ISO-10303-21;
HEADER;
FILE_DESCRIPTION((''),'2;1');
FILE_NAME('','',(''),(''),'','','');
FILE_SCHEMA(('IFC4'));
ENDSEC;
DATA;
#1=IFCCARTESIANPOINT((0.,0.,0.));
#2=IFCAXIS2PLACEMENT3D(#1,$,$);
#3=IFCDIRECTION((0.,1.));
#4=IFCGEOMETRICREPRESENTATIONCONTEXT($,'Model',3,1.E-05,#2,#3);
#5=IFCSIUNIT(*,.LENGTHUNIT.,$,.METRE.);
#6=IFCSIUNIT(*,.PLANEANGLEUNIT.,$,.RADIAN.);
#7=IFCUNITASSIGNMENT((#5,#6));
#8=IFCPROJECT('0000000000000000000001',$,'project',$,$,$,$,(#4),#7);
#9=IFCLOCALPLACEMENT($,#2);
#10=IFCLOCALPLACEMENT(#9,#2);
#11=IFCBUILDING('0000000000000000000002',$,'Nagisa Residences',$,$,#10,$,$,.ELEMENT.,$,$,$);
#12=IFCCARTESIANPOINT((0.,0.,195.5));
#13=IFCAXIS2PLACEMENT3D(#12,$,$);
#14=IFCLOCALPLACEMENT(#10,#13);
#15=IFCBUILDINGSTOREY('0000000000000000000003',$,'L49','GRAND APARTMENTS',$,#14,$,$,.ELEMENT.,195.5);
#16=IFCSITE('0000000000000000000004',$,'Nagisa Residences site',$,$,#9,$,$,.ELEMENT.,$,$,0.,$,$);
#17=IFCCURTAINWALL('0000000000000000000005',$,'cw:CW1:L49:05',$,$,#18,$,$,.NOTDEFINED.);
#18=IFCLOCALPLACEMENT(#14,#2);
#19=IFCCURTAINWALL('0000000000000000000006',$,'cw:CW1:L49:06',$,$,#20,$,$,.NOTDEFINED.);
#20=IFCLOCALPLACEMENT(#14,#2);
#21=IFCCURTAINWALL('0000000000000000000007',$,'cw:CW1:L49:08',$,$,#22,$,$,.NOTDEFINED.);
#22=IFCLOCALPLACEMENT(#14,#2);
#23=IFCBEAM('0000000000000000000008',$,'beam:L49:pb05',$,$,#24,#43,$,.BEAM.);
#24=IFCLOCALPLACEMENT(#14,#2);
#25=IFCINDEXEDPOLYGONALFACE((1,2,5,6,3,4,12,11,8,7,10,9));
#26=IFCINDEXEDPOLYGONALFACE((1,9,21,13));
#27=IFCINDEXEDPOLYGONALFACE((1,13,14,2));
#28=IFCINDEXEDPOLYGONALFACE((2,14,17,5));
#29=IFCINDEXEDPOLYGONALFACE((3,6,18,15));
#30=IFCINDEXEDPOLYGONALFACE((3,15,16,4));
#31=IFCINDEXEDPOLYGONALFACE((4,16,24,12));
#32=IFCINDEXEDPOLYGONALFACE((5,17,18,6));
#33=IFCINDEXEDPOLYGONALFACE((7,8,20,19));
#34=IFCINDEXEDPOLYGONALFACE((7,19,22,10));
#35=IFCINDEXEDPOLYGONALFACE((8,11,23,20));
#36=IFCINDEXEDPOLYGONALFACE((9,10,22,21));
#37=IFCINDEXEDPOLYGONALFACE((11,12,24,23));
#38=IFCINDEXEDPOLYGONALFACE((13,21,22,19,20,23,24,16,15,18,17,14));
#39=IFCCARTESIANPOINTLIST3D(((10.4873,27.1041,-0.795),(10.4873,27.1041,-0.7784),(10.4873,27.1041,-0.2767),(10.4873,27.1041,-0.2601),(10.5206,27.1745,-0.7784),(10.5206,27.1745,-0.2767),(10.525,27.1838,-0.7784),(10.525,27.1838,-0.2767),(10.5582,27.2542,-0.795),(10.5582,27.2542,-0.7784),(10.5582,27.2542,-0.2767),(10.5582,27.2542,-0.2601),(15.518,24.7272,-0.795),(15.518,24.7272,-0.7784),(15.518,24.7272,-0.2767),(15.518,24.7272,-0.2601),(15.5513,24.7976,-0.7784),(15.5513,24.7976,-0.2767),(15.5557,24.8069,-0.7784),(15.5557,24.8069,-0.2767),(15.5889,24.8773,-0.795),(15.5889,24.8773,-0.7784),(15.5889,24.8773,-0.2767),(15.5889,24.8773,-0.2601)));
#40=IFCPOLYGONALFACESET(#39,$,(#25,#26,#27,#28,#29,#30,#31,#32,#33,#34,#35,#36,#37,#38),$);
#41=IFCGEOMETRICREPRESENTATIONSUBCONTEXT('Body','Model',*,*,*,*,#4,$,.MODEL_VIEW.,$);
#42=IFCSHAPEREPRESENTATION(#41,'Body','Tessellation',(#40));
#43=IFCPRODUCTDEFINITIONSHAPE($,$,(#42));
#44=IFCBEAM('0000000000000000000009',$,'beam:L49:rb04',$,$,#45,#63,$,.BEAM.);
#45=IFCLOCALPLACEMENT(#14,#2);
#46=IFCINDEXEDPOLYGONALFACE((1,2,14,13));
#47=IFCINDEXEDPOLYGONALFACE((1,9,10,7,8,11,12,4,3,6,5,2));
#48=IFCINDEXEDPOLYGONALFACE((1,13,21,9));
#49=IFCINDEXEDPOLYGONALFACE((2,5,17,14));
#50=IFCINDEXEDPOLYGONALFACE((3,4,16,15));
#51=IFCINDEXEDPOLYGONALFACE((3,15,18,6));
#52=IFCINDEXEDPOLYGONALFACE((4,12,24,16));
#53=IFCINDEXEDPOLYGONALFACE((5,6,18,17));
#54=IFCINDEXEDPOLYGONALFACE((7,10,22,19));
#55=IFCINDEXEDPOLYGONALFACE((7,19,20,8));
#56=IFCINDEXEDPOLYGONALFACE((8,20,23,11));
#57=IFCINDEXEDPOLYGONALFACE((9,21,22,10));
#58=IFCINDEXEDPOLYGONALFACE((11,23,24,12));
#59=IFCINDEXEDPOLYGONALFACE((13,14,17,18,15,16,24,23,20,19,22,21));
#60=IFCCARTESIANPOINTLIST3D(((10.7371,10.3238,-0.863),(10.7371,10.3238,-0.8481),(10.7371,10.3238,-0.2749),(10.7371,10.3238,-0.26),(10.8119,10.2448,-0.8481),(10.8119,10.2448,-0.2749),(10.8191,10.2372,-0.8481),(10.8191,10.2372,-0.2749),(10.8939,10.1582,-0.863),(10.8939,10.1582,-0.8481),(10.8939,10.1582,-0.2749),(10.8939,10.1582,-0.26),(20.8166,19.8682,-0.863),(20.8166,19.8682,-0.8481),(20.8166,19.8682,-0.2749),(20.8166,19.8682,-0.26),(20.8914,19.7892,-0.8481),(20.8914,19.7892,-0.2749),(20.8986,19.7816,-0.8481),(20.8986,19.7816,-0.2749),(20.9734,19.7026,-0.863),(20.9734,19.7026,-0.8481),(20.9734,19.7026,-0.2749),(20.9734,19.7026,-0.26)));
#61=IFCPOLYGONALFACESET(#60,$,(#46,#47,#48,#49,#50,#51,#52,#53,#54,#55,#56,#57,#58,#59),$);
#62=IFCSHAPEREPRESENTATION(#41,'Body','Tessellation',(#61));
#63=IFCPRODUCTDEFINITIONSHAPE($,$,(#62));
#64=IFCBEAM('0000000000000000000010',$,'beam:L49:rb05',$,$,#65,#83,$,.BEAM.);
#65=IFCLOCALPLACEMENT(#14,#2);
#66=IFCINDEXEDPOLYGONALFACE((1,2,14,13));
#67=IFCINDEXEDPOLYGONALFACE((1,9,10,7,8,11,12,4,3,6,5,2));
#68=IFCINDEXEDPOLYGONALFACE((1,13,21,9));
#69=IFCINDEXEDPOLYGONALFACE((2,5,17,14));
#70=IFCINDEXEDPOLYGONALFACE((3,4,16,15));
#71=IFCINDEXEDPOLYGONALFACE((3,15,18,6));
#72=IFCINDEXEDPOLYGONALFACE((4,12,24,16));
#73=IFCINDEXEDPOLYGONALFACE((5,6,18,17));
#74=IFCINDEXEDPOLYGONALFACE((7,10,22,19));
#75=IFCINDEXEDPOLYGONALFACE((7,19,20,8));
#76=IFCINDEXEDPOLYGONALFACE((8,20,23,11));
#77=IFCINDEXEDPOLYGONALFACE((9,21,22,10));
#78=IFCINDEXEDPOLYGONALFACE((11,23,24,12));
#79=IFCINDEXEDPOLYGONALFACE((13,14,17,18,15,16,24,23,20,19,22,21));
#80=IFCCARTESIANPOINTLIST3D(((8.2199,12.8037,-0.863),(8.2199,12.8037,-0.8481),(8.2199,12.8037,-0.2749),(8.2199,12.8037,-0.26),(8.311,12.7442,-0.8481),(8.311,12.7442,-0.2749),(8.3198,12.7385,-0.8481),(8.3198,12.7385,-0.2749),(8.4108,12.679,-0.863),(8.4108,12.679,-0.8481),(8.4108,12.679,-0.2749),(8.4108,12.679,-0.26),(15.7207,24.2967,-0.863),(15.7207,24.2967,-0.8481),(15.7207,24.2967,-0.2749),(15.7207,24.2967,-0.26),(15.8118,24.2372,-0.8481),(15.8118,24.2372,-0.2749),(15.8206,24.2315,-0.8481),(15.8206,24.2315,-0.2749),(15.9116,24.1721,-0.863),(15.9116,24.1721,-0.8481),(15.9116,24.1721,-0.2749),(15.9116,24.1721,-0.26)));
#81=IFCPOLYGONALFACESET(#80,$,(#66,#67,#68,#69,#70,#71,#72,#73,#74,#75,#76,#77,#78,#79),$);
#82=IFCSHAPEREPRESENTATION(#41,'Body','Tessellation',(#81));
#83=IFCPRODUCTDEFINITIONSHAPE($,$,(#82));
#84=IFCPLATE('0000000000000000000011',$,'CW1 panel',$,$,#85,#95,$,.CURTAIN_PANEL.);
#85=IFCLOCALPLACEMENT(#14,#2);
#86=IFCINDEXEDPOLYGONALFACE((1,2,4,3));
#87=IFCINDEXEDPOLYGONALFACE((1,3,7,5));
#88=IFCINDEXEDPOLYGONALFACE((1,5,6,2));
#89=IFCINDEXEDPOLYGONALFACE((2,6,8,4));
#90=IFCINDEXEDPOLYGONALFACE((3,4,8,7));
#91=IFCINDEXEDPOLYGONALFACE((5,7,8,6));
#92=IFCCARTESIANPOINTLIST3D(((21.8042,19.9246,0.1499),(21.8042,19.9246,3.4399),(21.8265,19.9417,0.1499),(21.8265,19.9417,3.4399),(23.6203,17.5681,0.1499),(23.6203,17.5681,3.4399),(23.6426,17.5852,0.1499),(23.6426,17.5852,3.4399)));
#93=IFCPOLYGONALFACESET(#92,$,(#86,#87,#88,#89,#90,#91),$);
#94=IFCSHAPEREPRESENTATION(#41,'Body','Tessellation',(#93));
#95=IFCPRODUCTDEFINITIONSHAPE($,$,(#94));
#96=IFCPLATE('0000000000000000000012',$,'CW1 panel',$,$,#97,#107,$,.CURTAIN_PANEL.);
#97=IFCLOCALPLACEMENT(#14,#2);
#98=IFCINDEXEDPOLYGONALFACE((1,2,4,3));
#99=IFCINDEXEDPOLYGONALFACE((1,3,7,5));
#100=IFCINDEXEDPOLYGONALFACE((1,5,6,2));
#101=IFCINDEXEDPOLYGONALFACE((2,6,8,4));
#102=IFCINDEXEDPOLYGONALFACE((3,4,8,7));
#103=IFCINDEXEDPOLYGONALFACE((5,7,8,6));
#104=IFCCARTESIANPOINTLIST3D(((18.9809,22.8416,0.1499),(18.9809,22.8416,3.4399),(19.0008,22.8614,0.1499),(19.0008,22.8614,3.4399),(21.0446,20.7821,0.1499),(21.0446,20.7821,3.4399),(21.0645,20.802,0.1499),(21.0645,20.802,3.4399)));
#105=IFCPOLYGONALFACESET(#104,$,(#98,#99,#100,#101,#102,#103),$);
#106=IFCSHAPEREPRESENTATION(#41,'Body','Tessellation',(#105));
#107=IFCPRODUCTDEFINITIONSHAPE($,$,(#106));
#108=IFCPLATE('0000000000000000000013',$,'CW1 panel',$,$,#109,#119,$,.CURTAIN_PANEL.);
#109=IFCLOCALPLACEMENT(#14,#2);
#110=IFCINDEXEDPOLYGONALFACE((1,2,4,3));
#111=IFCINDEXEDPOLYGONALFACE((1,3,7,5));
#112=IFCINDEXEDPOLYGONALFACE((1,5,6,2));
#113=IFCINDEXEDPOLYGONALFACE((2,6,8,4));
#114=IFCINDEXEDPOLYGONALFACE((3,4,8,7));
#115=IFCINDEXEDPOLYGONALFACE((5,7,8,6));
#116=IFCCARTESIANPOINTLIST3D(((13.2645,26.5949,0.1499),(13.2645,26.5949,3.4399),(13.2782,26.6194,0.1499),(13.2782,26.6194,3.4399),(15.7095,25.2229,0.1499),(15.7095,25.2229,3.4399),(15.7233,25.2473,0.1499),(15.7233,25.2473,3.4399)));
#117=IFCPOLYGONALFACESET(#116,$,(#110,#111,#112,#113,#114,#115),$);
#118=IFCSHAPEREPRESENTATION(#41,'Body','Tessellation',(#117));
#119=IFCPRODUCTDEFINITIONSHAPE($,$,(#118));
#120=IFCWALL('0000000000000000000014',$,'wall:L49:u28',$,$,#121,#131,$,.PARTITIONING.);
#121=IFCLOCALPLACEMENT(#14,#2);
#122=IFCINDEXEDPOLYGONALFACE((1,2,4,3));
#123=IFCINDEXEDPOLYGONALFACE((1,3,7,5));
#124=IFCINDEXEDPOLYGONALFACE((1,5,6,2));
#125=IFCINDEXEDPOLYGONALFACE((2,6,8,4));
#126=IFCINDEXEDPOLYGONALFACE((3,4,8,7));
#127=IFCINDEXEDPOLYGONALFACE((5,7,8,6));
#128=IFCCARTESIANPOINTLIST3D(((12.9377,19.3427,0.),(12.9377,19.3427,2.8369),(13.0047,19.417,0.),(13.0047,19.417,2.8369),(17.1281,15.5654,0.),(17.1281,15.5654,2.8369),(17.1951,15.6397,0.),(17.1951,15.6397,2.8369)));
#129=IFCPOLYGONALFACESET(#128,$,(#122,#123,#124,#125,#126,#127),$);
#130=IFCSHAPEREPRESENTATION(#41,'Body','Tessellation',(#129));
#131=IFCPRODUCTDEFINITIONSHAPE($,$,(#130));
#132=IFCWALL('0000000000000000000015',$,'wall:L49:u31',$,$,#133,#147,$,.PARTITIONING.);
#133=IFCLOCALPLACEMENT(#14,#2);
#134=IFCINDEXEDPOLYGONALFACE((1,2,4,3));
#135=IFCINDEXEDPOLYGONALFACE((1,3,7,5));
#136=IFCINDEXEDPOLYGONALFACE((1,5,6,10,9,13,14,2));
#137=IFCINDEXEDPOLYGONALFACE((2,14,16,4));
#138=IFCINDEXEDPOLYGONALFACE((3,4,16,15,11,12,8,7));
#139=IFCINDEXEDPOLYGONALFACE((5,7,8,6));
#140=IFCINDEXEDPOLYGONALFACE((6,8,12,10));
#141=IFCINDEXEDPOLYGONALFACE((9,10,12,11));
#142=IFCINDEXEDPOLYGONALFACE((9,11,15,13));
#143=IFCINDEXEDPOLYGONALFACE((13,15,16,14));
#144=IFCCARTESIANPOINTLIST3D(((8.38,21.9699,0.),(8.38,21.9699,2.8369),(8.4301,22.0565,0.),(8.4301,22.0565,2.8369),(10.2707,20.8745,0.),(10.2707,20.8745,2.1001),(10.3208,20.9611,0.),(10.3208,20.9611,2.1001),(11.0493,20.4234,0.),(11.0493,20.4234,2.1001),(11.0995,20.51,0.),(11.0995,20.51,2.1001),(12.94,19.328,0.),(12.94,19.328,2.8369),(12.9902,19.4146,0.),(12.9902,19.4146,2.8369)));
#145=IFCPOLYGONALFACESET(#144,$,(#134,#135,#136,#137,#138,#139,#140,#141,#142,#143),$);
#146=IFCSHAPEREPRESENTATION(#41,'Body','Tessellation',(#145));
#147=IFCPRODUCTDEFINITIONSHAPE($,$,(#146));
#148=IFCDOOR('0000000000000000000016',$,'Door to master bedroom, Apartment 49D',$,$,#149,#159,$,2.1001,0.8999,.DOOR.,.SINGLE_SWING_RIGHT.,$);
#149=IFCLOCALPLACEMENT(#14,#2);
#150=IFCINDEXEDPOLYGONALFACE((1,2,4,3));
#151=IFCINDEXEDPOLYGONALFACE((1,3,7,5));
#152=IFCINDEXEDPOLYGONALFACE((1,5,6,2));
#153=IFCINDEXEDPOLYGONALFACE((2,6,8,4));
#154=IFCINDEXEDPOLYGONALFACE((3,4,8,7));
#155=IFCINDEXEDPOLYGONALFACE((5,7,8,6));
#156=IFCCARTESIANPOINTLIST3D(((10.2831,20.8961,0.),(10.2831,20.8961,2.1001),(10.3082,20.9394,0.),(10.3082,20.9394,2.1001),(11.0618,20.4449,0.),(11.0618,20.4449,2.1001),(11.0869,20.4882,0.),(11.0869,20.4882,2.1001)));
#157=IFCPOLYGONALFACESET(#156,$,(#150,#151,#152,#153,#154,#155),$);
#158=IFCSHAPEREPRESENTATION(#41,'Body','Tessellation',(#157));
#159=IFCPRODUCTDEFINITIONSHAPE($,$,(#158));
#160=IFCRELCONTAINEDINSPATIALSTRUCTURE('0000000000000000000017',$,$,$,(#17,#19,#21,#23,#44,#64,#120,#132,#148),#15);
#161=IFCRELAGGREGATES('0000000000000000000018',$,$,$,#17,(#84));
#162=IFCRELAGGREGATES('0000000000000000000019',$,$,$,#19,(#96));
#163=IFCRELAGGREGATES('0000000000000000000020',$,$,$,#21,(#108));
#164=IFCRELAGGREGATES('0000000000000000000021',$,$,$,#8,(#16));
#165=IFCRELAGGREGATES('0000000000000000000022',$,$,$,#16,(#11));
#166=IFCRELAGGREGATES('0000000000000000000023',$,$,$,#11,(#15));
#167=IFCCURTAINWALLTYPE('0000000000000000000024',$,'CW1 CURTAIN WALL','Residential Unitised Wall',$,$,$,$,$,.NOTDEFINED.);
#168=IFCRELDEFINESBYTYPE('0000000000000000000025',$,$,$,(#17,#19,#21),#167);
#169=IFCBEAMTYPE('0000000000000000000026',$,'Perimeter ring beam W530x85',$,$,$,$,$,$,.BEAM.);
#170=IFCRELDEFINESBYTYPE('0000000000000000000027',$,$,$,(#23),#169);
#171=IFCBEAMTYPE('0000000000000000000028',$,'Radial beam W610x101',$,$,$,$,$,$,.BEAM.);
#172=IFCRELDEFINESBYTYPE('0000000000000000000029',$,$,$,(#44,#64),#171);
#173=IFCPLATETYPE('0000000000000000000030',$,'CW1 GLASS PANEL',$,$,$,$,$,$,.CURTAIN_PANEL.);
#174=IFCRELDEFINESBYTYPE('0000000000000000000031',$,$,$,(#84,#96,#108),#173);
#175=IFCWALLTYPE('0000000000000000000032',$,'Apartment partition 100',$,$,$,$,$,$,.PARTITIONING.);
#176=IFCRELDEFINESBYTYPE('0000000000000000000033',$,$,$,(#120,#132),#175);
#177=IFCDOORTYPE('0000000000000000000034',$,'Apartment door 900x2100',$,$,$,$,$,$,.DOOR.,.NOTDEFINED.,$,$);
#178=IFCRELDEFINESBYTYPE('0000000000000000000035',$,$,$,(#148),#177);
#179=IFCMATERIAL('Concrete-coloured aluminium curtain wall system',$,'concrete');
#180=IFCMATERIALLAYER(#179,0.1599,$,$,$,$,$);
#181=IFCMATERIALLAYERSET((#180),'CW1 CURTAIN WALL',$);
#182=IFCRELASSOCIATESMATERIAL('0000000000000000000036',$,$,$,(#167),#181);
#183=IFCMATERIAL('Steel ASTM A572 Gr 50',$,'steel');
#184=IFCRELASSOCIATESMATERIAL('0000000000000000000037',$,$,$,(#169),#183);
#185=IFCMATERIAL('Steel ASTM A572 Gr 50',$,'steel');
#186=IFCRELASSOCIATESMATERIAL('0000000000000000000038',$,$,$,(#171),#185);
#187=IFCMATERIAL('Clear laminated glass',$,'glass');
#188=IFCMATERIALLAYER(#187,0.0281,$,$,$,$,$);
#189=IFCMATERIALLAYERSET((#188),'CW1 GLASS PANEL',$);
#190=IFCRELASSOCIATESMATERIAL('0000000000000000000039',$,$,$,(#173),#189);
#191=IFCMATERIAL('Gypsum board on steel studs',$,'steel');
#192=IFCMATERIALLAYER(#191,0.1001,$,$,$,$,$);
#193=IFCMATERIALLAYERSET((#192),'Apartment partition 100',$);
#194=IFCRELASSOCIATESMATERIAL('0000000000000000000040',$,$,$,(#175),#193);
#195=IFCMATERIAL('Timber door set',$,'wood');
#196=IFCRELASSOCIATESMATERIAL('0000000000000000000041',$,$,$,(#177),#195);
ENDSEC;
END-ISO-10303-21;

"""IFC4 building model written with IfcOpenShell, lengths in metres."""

from ifc_helpers import new_model, si_unit, direction, frame, frame_2d, origin, origin_2d, place, context, subcontext, project, spatial, rectangle, i_section, extrude, material, layer, layer_set, material_profile, profile_set, type_object, element, fill, aggregate, save


model = new_model("IFC4")

# Units and contexts
model_context = context("Model", 3, precision=1e-05, world=origin(), true_north=direction((0.0, 1.0)))
body_context = subcontext(model_context, "Body", "Model", "MODEL_VIEW")
ifc_project = project(units=[si_unit("LENGTHUNIT", "METRE"), si_unit("PLANEANGLEUNIT", "RADIAN")], contexts=[model_context])

# Site, building, storey
site_placement = place(None, origin())
site = spatial("IfcSite", under=ifc_project, at=site_placement, Name="Nagisa Residences site", CompositionType="ELEMENT", RefElevation=0.0)
building_placement = place(site_placement, origin())
building = spatial("IfcBuilding", under=site, at=building_placement, Name="Nagisa Residences", CompositionType="ELEMENT")
storey_placement = place(building_placement, frame((0.0, 0.0, 195.5)))
storey = spatial("IfcBuildingStorey", under=building, at=storey_placement, Name="L49", Description="GRAND APARTMENTS", CompositionType="ELEMENT", Elevation=195.5)

# Curtain walls
ifc_material_1 = material(Name="Concrete-coloured aluminium curtain wall system", Category="concrete")
ifc_layer_1 = layer(ifc_material_1, 0.1599)
ifc_layer_set_1 = layer_set([ifc_layer_1], Name="CW1 CURTAIN WALL")
curtain_wall_type = type_object("IfcCurtainWallType", Name="CW1 CURTAIN WALL", Description="Residential Unitised Wall", PredefinedType="NOTDEFINED", material=ifc_layer_set_1)
curtain_wall_1_placement = place(storey_placement, origin())
curtain_wall_1 = element("IfcCurtainWall", 1, at=curtain_wall_1_placement, inside=storey, type_object=curtain_wall_type, Name="cw:CW1:L49:05", PredefinedType="NOTDEFINED")
curtain_wall_2_placement = place(storey_placement, origin())
curtain_wall_2 = element("IfcCurtainWall", 2, at=curtain_wall_2_placement, inside=storey, type_object=curtain_wall_type, Name="cw:CW1:L49:06", PredefinedType="NOTDEFINED")
curtain_wall_3_placement = place(storey_placement, origin())
curtain_wall_3 = element("IfcCurtainWall", 3, at=curtain_wall_3_placement, inside=storey, type_object=curtain_wall_type, Name="cw:CW1:L49:08", PredefinedType="NOTDEFINED")

# Beams
ifc_material_2 = material(Name="Steel ASTM A572 Gr 50", Category="steel")
ifc_material_profile_1 = material_profile(ifc_material_2, i_section(OverallWidth=0.166, OverallDepth=0.5349, WebThickness=0.0103, FlangeThickness=0.0166, at=origin_2d()), Name="W530x85")
ifc_profile_set_1 = profile_set([ifc_material_profile_1], Name="Steel ASTM A572 Gr 50")
beam_type_1 = type_object("IfcBeamType", Name="Perimeter ring beam W530x85", PredefinedType="BEAM", material=ifc_profile_set_1)
beam_1_placement = place(storey_placement, frame((15.5535, 24.8022, -0.5276), z_axis=(-0.904157, 0.4272, 0.0), x_axis=(-0.4272, -0.904157, 0.0)))
element("IfcBeam", 4, at=beam_1_placement, inside=storey, type_object=beam_type_1, Name="beam:L49:pb05", PredefinedType="BEAM", context=body_context, shape_type="SweptSolid", body=[
    extrude(i_section(OverallWidth=0.166, OverallDepth=0.5349, WebThickness=0.0103, FlangeThickness=0.0166, at=origin_2d()), origin(), (0.0, 0.0, 1.0), 5.564),
])
ifc_material_3 = material(Name="Steel ASTM A572 Gr 50", Category="steel")
ifc_material_profile_2 = material_profile(ifc_material_3, i_section(OverallWidth=0.228, OverallDepth=0.603, WebThickness=0.0105, FlangeThickness=0.0149, at=origin_2d()), Name="W610x101")
ifc_profile_set_2 = profile_set([ifc_material_profile_2], Name="Steel ASTM A572 Gr 50")
beam_type_2 = type_object("IfcBeamType", Name="Radial beam W610x101", PredefinedType="BEAM", material=ifc_profile_set_2)
beam_2_placement = place(storey_placement, frame((20.895, 19.7854, -0.5615), z_axis=(-0.72612, -0.687568, 0.0), x_axis=(0.687568, -0.72612, 0.0)))
element("IfcBeam", 5, at=beam_2_placement, inside=storey, type_object=beam_type_2, Name="beam:L49:rb04", PredefinedType="BEAM", context=body_context, shape_type="SweptSolid", body=[
    extrude(i_section(OverallWidth=0.228, OverallDepth=0.603, WebThickness=0.0105, FlangeThickness=0.0149, at=origin_2d()), origin(), (0.0, 0.0, 1.0), 13.8813),
])
beam_3_placement = place(storey_placement, frame((15.8162, 24.2344, -0.5615), z_axis=(-0.546541, -0.837432, 0.0), x_axis=(0.837432, -0.546541, 0.0)))
element("IfcBeam", 6, at=beam_3_placement, inside=storey, type_object=beam_type_2, Name="beam:L49:rb05", PredefinedType="BEAM", context=body_context, shape_type="SweptSolid", body=[
    extrude(i_section(OverallWidth=0.228, OverallDepth=0.603, WebThickness=0.0105, FlangeThickness=0.0149, at=origin_2d()), origin(), (0.0, 0.0, 1.0), 13.7241),
])

# Plates
ifc_material_4 = material(Name="Clear laminated glass", Category="glass")
ifc_layer_2 = layer(ifc_material_4, 0.0281)
ifc_layer_set_2 = layer_set([ifc_layer_2], Name="CW1 GLASS PANEL")
plate_type = type_object("IfcPlateType", Name="CW1 GLASS PANEL", PredefinedType="CURTAIN_PANEL", material=ifc_layer_set_2)
plate_1_placement = place(storey_placement, frame((22.7234, 18.7549, 0.1499), z_axis=(0.0, 0.0, 1.0), x_axis=(-0.61043, 0.79207, 0.0)))
plate_1 = element("IfcPlate", 7, at=plate_1_placement, type_object=plate_type, Name="CW1 panel", PredefinedType="CURTAIN_PANEL", context=body_context, shape_type="SweptSolid", body=[
    extrude(rectangle(XDim=2.9751, YDim=0.0281, at=origin_2d()), origin(), (0.0, 0.0, 1.0), 3.29),
])
aggregate(curtain_wall_1, [plate_1])
plate_2_placement = place(storey_placement, frame((20.0227, 21.8218, 0.1499), z_axis=(0.0, 0.0, 1.0), x_axis=(-0.707836, 0.706377, 0.0)))
plate_2 = element("IfcPlate", 8, at=plate_2_placement, type_object=plate_type, Name="CW1 panel", PredefinedType="CURTAIN_PANEL", context=body_context, shape_type="SweptSolid", body=[
    extrude(rectangle(XDim=2.9155, YDim=0.0281, at=origin_2d()), origin(), (0.0, 0.0, 1.0), 3.29),
])
aggregate(curtain_wall_2, [plate_2])
plate_3_placement = place(storey_placement, frame((14.4939, 25.9211, 0.1499), z_axis=(0.0, 0.0, 1.0), x_axis=(-0.872072, 0.489377, 0.0)))
plate_3 = element("IfcPlate", 9, at=plate_3_placement, type_object=plate_type, Name="CW1 panel", PredefinedType="CURTAIN_PANEL", context=body_context, shape_type="SweptSolid", body=[
    extrude(rectangle(XDim=2.8037, YDim=0.0281, at=origin_2d()), origin(), (0.0, 0.0, 1.0), 3.29),
])
aggregate(curtain_wall_3, [plate_3])

# Wall
ifc_material_5 = material(Name="Gypsum board on steel studs", Category="steel")
ifc_layer_3 = layer(ifc_material_5, 0.1001)
ifc_layer_set_3 = layer_set([ifc_layer_3], Name="Apartment partition 100")
wall_type_1 = type_object("IfcWallType", Name="Apartment partition 100", PredefinedType="PARTITIONING", material=ifc_layer_set_3)
wall_1_placement = place(storey_placement, frame((17.1616, 15.6025, 0.0), z_axis=(0.0, 0.0, 1.0), x_axis=(-0.742769, 0.669548, 0.0)))
element("IfcWall", 10, at=wall_1_placement, inside=storey, type_object=wall_type_1, Name="wall:L49:u28", PredefinedType="PARTITIONING", context=body_context, shape_type="SweptSolid", body=[
    extrude(rectangle(XDim=5.6416, YDim=0.1001, at=frame_2d((2.8208, 0.0))), origin(), (0.0, 0.0, 1.0), 2.8369),
])

# Wall, opening, door
wall_2_placement = place(storey_placement, frame((12.9651, 19.3713, 0.0), z_axis=(0.0, 0.0, 1.0), x_axis=(-0.865277, 0.501294, 0.0)))
wall_2 = element("IfcWall", 11, at=wall_2_placement, inside=storey, type_object=wall_type_1, Name="wall:L49:u31", PredefinedType="PARTITIONING", context=body_context, shape_type="SweptSolid", body=[
    extrude(rectangle(XDim=5.27, YDim=0.1001, at=frame_2d((2.635, 0.0))), origin(), (0.0, 0.0, 1.0), 2.8369),
])
opening_1_placement = place(wall_2_placement, frame((2.1851, 0.0, 0.0)))
opening_1 = element("IfcOpeningElement", 12, at=opening_1_placement, cuts=wall_2, PredefinedType="OPENING", context=body_context, shape_type="SweptSolid", body=[
    extrude(rectangle(XDim=0.8999, YDim=2.1001, at=frame_2d((0.45, 1.05))), frame((0.0, 0.0601, 0.0), z_axis=(0.0, -1.0, 0.0), x_axis=(1.0, 0.0, 0.0)), (0.0, 0.0, 1.0), 0.1201),
])
ifc_material_6 = material(Name="Timber door set", Category="wood")
door_type_1 = type_object("IfcDoorType", Name="Apartment door 900x2100", OperationType="NOTDEFINED", PredefinedType="DOOR", material=ifc_material_6)
door_1_placement = place(opening_1_placement, frame((0.8999, 0.0, 0.0), x_axis=(-1.0, 0.0, 0.0)))
door_1 = element("IfcDoor", 13, at=door_1_placement, inside=storey, type_object=door_type_1, Name="Door to master bedroom, Apartment 49D", OperationType="SINGLE_SWING_RIGHT", OverallHeight=2.1001, OverallWidth=0.8999, PredefinedType="DOOR", context=body_context, shape_type="SweptSolid", body=[
    extrude(rectangle(XDim=0.8999, YDim=2.1001, at=frame_2d((0.45, 1.05))), frame((0.0, 0.0249, 0.0), z_axis=(0.0, -1.0, 0.0), x_axis=(1.0, 0.0, 0.0)), (0.0, 0.0, 1.0), 0.05),
])
fill(opening_1, door_1)

save(model, "model.ifc")
